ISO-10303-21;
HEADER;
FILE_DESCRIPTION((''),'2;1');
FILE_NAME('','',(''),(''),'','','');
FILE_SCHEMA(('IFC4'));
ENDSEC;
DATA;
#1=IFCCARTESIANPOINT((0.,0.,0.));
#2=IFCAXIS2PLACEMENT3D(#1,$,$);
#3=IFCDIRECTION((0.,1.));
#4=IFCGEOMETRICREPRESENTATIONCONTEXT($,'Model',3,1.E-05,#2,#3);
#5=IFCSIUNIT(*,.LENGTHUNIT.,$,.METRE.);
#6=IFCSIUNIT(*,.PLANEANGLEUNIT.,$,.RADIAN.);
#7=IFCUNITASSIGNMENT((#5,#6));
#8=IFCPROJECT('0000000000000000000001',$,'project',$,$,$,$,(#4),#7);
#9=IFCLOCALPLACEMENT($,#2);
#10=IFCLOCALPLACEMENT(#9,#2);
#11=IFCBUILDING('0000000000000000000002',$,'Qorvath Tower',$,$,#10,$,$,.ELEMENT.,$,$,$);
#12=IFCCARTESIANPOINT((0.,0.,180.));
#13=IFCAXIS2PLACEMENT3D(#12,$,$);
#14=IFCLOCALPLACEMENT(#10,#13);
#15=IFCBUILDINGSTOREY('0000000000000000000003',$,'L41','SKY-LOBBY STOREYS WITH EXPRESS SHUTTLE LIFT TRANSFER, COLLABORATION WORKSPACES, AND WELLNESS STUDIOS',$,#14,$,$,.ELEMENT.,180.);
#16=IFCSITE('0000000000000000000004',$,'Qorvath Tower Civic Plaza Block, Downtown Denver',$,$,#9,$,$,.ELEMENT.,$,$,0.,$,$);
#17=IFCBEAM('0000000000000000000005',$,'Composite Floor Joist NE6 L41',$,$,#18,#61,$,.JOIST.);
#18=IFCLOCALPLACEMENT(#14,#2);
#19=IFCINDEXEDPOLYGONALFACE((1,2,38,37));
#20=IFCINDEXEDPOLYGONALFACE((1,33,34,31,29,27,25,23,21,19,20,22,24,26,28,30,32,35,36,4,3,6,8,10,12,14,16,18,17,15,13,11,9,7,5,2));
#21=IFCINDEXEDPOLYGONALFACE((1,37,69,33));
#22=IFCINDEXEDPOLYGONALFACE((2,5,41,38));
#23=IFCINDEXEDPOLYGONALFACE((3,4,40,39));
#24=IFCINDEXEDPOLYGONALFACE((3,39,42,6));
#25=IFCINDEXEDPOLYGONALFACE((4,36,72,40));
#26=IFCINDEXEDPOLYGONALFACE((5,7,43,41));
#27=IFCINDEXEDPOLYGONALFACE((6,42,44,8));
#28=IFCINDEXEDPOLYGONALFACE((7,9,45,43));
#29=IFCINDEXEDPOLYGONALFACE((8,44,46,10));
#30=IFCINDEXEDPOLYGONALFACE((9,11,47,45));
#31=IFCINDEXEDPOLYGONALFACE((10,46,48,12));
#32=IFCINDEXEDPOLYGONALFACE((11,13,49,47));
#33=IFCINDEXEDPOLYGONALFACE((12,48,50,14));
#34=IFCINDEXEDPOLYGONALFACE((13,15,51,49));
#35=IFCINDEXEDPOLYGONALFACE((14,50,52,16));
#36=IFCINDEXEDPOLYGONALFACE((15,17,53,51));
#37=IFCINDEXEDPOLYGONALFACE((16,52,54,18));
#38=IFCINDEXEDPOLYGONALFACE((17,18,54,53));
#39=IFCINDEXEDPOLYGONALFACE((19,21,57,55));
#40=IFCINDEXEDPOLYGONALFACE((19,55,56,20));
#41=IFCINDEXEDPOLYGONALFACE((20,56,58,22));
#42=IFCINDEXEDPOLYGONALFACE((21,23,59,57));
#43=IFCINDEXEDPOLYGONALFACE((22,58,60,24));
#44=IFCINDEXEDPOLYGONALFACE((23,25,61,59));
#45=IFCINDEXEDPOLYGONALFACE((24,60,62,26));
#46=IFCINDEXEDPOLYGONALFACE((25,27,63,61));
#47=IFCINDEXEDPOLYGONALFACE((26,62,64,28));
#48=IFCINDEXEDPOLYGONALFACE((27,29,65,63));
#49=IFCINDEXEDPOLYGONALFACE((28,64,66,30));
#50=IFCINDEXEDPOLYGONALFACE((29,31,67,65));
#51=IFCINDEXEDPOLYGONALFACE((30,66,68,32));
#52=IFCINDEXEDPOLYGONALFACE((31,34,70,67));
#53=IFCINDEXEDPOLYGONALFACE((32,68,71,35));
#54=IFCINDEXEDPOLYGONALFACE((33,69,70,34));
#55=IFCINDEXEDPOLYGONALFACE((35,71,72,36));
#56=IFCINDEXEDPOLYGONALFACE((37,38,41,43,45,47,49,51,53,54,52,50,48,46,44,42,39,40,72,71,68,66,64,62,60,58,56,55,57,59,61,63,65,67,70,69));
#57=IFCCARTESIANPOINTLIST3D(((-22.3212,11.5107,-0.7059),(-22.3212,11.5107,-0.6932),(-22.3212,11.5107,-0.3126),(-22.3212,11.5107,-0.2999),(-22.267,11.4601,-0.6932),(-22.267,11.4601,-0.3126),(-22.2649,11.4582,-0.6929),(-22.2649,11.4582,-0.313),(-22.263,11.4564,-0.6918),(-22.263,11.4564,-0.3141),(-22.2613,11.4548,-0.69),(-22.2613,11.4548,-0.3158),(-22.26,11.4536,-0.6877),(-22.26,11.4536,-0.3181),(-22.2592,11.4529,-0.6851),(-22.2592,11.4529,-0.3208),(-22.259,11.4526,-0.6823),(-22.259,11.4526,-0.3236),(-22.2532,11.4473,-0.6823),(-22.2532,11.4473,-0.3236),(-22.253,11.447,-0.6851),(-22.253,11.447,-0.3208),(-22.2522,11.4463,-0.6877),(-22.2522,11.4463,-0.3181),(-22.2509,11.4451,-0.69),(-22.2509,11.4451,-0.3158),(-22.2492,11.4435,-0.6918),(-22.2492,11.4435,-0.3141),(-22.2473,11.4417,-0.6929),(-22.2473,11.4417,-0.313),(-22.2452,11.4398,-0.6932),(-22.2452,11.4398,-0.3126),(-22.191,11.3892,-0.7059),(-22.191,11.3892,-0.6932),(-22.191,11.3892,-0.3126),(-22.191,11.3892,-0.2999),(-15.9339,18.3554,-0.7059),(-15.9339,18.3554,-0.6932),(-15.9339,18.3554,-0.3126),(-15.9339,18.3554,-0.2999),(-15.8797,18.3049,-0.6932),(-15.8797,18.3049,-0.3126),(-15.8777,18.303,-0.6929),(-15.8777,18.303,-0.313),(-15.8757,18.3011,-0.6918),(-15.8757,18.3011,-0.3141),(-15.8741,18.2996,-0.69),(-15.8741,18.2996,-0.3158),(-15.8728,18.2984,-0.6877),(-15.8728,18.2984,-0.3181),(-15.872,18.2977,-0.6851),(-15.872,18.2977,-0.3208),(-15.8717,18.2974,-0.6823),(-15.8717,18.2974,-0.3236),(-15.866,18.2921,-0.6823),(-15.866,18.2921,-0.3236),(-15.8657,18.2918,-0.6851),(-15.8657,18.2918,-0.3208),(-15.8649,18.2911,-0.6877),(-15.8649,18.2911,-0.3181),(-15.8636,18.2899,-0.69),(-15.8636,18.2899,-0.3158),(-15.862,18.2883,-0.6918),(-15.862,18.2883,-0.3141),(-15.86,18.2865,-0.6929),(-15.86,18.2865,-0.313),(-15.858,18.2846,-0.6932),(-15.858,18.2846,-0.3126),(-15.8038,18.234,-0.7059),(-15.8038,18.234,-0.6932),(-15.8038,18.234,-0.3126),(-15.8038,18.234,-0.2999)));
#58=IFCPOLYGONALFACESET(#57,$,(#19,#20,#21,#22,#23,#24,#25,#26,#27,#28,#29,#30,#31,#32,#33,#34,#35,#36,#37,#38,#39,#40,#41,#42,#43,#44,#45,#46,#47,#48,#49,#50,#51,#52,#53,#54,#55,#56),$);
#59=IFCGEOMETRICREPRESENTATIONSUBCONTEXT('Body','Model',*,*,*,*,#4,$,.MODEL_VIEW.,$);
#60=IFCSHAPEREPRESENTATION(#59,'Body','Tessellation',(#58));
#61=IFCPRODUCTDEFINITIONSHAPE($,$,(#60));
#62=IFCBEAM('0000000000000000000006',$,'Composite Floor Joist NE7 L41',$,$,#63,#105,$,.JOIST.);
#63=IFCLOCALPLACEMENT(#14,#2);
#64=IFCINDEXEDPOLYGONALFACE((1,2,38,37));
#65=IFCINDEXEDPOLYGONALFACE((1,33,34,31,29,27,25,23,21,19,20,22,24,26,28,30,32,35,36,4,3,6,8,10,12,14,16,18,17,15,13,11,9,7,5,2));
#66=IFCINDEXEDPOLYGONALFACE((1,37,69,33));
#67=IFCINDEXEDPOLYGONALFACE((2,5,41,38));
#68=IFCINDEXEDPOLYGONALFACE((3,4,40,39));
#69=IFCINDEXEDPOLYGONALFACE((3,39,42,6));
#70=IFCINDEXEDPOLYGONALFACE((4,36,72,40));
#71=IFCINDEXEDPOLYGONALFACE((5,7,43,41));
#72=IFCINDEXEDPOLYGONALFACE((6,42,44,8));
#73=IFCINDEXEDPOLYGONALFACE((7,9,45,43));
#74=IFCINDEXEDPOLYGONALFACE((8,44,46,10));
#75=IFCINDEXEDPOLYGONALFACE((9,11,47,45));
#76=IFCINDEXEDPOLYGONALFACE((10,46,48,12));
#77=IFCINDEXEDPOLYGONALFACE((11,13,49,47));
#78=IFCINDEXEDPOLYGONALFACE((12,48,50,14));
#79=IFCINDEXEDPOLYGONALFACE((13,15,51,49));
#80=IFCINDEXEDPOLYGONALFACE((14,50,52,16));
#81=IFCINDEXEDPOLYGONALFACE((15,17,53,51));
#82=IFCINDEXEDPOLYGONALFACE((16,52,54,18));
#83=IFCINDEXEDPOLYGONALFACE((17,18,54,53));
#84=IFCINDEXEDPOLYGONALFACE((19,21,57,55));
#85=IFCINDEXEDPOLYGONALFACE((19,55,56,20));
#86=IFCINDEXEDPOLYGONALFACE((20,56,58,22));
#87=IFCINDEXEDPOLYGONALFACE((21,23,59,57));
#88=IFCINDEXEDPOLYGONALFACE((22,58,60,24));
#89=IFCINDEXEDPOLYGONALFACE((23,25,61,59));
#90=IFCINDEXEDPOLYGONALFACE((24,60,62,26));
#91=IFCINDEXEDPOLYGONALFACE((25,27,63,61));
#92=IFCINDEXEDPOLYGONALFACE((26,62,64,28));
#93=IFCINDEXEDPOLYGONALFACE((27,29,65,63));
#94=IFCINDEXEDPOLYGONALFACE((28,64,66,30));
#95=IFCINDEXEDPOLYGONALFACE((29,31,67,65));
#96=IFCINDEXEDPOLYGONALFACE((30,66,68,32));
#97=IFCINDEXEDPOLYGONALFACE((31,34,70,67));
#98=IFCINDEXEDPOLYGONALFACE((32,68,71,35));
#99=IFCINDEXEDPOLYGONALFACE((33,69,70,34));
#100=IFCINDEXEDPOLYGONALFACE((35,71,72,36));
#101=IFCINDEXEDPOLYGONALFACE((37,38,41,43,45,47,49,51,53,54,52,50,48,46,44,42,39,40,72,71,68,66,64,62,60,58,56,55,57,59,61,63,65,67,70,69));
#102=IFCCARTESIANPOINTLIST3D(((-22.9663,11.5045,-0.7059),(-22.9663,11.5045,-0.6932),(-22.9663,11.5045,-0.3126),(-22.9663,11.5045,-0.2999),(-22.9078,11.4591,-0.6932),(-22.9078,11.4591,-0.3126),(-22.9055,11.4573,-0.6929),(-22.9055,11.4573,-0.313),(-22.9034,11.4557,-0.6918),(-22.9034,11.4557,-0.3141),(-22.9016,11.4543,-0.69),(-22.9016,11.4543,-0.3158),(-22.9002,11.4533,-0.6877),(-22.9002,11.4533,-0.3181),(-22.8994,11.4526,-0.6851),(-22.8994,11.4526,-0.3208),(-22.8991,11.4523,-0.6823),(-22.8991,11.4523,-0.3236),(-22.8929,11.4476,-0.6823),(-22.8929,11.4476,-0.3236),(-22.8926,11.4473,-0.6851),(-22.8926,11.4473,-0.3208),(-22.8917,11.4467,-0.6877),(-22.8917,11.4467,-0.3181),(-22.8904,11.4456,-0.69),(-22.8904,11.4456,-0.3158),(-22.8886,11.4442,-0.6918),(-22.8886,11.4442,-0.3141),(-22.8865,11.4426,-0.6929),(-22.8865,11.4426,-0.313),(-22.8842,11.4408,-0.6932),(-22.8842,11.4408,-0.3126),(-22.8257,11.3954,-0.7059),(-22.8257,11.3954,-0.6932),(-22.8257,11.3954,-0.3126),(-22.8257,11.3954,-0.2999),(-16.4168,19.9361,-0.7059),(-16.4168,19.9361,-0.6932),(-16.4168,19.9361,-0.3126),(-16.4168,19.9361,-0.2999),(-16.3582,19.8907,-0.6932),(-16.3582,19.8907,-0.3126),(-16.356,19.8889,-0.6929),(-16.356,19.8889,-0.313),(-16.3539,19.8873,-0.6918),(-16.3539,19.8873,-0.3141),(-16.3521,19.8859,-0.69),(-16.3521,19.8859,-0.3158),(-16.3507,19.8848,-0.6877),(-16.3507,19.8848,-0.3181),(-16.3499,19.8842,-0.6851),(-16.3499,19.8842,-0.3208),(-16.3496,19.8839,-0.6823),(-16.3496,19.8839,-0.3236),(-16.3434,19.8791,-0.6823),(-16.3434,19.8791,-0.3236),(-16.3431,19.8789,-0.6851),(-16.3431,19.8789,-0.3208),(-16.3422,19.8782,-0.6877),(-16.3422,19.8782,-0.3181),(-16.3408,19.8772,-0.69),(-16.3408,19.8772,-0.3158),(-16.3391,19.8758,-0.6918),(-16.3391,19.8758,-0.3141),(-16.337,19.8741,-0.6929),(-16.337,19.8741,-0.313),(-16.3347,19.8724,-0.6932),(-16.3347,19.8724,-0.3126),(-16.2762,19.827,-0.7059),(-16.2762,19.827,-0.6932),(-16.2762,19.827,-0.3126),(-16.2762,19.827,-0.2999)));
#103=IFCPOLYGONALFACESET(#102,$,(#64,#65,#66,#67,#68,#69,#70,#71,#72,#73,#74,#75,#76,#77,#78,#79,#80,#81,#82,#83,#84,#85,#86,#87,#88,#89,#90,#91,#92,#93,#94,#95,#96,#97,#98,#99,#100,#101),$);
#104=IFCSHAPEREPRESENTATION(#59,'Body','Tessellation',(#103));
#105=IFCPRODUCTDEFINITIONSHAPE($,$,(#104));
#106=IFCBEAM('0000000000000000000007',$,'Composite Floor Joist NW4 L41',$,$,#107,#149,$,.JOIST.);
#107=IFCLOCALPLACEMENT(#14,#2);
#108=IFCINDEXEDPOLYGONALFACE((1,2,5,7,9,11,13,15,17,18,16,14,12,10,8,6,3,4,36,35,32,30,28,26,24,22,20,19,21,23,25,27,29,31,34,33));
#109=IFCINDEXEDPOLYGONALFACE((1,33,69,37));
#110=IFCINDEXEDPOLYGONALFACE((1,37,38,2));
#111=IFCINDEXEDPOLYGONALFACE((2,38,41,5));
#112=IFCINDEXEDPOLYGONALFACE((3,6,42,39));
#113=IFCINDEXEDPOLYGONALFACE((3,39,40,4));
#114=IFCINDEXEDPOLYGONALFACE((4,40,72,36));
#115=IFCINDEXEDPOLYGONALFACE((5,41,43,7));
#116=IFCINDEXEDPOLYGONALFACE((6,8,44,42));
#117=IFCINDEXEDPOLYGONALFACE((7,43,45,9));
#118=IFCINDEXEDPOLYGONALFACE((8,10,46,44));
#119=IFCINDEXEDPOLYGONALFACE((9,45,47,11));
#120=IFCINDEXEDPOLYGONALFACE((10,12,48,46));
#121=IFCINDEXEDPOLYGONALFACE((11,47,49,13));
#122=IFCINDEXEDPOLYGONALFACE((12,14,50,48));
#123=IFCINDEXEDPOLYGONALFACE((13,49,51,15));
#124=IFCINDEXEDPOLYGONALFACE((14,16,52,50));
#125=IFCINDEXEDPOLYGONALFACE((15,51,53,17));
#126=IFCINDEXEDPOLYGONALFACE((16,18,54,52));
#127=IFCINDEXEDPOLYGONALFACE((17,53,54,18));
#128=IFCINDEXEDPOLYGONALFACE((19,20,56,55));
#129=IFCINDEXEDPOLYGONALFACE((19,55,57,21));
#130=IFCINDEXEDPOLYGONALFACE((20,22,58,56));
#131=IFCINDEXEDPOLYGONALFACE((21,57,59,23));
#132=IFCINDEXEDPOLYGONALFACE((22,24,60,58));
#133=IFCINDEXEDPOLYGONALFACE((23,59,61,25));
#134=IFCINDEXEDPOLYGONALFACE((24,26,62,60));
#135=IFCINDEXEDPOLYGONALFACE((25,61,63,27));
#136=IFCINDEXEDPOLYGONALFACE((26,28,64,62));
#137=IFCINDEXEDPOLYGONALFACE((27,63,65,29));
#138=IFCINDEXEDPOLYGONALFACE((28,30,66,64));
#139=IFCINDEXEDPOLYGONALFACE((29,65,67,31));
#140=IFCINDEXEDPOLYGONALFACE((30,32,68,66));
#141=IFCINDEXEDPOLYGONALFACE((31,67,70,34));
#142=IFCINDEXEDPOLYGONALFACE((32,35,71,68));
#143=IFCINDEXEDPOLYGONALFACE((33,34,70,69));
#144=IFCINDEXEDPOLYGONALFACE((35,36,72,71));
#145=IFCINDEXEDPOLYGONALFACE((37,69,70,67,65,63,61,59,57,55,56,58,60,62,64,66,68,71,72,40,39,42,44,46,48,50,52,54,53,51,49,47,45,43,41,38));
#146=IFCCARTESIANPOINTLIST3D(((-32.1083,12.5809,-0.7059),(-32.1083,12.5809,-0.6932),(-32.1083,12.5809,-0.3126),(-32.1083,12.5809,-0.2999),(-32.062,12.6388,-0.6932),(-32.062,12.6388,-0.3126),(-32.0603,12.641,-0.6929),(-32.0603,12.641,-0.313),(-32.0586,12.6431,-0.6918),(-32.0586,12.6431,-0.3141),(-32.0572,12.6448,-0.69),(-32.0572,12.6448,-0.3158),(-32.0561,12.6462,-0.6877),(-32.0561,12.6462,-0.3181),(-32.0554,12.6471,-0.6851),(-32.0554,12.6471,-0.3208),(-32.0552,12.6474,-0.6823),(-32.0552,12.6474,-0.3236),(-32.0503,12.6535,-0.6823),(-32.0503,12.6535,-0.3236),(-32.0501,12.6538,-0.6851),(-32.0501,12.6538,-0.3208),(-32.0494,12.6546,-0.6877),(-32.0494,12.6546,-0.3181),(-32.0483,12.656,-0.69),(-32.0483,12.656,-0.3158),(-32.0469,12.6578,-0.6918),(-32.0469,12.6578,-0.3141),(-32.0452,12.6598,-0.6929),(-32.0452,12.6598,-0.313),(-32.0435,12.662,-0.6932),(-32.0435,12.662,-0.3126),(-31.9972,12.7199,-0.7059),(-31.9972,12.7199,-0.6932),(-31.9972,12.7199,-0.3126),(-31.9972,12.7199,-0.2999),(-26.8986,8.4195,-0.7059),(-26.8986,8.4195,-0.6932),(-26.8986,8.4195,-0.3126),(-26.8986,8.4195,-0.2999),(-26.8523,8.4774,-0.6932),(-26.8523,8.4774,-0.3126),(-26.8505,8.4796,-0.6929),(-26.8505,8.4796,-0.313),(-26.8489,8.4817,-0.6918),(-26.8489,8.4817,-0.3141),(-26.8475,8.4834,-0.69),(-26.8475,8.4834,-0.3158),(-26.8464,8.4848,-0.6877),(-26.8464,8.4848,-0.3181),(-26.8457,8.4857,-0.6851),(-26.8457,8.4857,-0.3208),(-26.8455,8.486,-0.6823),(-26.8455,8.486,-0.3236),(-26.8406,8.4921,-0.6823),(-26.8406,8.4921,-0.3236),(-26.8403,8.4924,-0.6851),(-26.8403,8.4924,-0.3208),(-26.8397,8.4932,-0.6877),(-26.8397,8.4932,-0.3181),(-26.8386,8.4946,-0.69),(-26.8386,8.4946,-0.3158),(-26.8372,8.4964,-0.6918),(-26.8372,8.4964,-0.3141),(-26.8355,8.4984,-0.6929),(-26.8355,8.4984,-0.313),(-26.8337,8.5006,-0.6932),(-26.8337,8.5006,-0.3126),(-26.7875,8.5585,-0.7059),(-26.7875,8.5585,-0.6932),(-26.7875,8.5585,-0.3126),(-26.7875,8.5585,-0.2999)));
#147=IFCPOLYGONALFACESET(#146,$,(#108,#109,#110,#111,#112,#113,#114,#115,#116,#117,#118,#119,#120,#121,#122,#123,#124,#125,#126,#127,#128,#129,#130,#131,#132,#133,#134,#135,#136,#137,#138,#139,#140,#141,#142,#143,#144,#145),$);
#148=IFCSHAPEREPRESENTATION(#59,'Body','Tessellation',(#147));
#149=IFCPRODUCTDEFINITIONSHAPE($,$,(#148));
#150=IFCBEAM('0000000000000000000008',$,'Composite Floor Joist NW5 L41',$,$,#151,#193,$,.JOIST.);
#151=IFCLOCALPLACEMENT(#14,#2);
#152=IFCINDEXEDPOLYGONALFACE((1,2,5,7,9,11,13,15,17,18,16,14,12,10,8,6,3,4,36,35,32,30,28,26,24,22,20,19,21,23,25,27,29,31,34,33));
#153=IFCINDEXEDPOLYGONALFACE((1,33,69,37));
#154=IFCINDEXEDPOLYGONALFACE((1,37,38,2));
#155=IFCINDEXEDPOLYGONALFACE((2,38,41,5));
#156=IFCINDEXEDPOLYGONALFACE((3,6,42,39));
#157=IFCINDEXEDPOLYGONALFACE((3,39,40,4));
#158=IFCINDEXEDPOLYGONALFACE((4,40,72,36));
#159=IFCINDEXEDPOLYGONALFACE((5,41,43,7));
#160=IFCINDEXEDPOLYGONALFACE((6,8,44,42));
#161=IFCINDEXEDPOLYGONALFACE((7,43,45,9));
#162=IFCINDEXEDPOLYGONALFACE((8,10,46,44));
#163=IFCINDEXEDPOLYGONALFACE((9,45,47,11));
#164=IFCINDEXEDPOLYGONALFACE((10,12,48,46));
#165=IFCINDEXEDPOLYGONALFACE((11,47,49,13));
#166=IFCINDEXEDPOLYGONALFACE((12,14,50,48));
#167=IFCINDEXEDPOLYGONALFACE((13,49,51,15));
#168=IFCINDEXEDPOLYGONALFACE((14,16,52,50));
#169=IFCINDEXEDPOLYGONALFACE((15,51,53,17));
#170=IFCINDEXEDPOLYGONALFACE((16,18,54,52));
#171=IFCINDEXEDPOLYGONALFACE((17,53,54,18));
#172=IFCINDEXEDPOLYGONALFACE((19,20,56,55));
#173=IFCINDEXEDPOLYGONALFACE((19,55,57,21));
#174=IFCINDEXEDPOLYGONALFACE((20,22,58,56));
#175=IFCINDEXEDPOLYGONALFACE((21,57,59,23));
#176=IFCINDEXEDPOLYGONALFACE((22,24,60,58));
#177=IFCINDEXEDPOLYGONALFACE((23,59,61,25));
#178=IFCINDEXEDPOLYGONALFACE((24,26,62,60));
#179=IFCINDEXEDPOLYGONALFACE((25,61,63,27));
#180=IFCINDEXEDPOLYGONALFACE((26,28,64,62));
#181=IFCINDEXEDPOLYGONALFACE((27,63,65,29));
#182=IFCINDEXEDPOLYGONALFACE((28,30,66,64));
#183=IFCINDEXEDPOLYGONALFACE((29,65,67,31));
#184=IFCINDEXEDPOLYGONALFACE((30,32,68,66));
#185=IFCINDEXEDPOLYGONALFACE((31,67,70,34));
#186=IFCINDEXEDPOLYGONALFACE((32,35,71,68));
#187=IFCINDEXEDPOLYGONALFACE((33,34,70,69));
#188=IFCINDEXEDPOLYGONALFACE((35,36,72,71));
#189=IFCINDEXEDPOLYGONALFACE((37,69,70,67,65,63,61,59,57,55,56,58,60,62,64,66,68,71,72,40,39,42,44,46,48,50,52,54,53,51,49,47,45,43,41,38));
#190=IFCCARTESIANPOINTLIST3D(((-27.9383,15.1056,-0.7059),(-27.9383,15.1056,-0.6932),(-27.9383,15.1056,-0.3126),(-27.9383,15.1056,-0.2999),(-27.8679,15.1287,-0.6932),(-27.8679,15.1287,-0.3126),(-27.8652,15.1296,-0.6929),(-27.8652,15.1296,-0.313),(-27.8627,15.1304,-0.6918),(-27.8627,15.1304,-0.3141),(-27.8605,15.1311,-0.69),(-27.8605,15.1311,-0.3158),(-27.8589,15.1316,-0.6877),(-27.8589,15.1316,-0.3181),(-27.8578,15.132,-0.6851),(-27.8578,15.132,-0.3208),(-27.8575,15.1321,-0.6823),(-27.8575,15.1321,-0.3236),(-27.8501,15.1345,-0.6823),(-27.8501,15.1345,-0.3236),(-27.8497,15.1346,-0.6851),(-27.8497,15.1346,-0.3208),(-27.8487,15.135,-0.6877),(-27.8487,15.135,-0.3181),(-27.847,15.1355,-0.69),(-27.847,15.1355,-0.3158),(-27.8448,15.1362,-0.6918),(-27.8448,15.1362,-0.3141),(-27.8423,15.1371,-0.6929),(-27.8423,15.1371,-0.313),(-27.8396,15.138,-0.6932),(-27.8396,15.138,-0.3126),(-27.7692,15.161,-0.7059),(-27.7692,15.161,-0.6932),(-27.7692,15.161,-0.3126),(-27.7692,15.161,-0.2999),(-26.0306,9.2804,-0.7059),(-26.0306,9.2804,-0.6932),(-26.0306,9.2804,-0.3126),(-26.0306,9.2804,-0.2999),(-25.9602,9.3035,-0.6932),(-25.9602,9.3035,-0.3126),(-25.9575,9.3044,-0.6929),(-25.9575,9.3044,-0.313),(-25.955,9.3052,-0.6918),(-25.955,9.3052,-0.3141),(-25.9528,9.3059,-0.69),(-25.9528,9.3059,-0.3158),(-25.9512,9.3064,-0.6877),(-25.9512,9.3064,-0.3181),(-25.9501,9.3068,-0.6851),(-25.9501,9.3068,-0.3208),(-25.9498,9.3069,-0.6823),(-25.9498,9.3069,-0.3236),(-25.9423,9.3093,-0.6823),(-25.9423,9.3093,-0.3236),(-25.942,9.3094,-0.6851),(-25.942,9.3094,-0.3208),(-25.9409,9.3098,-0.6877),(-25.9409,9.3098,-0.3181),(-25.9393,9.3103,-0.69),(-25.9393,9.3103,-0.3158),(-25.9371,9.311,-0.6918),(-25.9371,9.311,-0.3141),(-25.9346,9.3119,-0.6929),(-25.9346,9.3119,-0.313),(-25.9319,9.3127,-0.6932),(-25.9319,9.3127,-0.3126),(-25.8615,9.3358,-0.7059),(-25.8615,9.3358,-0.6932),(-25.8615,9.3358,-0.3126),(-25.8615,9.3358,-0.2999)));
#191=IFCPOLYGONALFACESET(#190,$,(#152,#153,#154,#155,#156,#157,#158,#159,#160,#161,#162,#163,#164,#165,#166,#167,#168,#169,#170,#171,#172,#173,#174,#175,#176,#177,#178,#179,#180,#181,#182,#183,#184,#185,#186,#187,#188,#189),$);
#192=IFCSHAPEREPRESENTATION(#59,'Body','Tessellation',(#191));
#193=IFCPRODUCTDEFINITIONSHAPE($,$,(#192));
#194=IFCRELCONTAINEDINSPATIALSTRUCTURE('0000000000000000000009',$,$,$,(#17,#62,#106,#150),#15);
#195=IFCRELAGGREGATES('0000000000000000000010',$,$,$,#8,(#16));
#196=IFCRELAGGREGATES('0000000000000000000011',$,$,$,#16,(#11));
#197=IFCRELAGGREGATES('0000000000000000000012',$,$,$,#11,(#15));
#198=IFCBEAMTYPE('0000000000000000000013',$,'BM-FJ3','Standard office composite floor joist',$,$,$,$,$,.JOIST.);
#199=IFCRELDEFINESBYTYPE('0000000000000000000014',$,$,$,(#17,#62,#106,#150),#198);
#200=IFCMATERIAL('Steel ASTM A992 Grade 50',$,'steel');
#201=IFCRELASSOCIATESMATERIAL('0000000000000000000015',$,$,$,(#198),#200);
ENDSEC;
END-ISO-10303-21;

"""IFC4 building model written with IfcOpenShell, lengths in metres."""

from ifc_helpers import new_model, si_unit, direction, frame, origin, origin_2d, place, context, subcontext, project, spatial, i_section, extrude, material, material_profile, profile_set, type_object, element, save


model = new_model("IFC4")

# Units and contexts
model_context = context("Model", 3, precision=1e-05, world=origin(), true_north=direction((0.0, 1.0)))
body_context = subcontext(model_context, "Body", "Model", "MODEL_VIEW")
ifc_project = project(units=[si_unit("LENGTHUNIT", "METRE"), si_unit("PLANEANGLEUNIT", "RADIAN")], contexts=[model_context])

# Site, building, storey
site_placement = place(None, origin())
site = spatial("IfcSite", under=ifc_project, at=site_placement, Name="Qorvath Tower Civic Plaza Block, Downtown Denver", CompositionType="ELEMENT", RefElevation=0.0)
building_placement = place(site_placement, origin())
building = spatial("IfcBuilding", under=site, at=building_placement, Name="Qorvath Tower", CompositionType="ELEMENT")
storey_placement = place(building_placement, frame((0.0, 0.0, 180.0)))
storey = spatial("IfcBuildingStorey", under=building, at=storey_placement, Name="L41", Description="SKY-LOBBY STOREYS WITH EXPRESS SHUTTLE LIFT TRANSFER, COLLABORATION WORKSPACES, AND WELLNESS STUDIOS", CompositionType="ELEMENT", Elevation=180.0)

# Beams
ifc_material_1 = material(Name="Steel ASTM A992 Grade 50", Category="steel")
ifc_material_profile_1 = material_profile(ifc_material_1, i_section(OverallWidth=0.178, OverallDepth=0.406, WebThickness=0.0078, FlangeThickness=0.0127, FilletRadius=0.011, at=origin_2d()), Name="W16x40")
ifc_profile_set_1 = profile_set([ifc_material_profile_1], Name="Steel ASTM A992 Grade 50")
beam_type_1 = type_object("IfcBeamType", Name="BM-FJ3", Description="Standard office composite floor joist", PredefinedType="JOIST", material=ifc_profile_set_1)
beam_1_placement = place(storey_placement, frame((-22.2561, 11.45, -0.5029), z_axis=(0.682249, 0.731119, 0.0), x_axis=(-0.731119, 0.682249, 0.0)))
element("IfcBeam", 1, at=beam_1_placement, inside=storey, type_object=beam_type_1, Name="Composite Floor Joist NE6 L41", PredefinedType="JOIST", context=body_context, shape_type="SweptSolid", body=[
    extrude(i_section(OverallWidth=0.178, OverallDepth=0.406, WebThickness=0.0078, FlangeThickness=0.0127, FilletRadius=0.011, at=origin_2d()), origin(), (0.0, 0.0, 1.0), 9.3621),
])
beam_2_placement = place(storey_placement, frame((-22.896, 11.45, -0.5029), z_axis=(0.613451, 0.789733, 0.0), x_axis=(-0.789733, 0.613451, 0.0)))
element("IfcBeam", 2, at=beam_2_placement, inside=storey, type_object=beam_type_1, Name="Composite Floor Joist NE7 L41", PredefinedType="JOIST", context=body_context, shape_type="SweptSolid", body=[
    extrude(i_section(OverallWidth=0.178, OverallDepth=0.406, WebThickness=0.0078, FlangeThickness=0.0127, FilletRadius=0.011, at=origin_2d()), origin(), (0.0, 0.0, 1.0), 10.6765),
])
beam_3_placement = place(storey_placement, frame((-26.843, 8.489, -0.5029), z_axis=(-0.781337, 0.62411, 0.0), x_axis=(-0.62411, -0.781337, 0.0)))
element("IfcBeam", 3, at=beam_3_placement, inside=storey, type_object=beam_type_1, Name="Composite Floor Joist NW4 L41", PredefinedType="JOIST", context=body_context, shape_type="SweptSolid", body=[
    extrude(i_section(OverallWidth=0.178, OverallDepth=0.406, WebThickness=0.0078, FlangeThickness=0.0127, FilletRadius=0.011, at=origin_2d()), origin(), (0.0, 0.0, 1.0), 6.6677),
])
beam_4_placement = place(storey_placement, frame((-25.946, 9.3081, -0.5029), z_axis=(-0.311229, 0.950335, 0.0), x_axis=(-0.950335, -0.311229, 0.0)))
element("IfcBeam", 4, at=beam_4_placement, inside=storey, type_object=beam_type_1, Name="Composite Floor Joist NW5 L41", PredefinedType="JOIST", context=body_context, shape_type="SweptSolid", body=[
    extrude(i_section(OverallWidth=0.178, OverallDepth=0.406, WebThickness=0.0078, FlangeThickness=0.0127, FilletRadius=0.011, at=origin_2d()), origin(), (0.0, 0.0, 1.0), 6.1296),
])

save(model, "model.ifc")
